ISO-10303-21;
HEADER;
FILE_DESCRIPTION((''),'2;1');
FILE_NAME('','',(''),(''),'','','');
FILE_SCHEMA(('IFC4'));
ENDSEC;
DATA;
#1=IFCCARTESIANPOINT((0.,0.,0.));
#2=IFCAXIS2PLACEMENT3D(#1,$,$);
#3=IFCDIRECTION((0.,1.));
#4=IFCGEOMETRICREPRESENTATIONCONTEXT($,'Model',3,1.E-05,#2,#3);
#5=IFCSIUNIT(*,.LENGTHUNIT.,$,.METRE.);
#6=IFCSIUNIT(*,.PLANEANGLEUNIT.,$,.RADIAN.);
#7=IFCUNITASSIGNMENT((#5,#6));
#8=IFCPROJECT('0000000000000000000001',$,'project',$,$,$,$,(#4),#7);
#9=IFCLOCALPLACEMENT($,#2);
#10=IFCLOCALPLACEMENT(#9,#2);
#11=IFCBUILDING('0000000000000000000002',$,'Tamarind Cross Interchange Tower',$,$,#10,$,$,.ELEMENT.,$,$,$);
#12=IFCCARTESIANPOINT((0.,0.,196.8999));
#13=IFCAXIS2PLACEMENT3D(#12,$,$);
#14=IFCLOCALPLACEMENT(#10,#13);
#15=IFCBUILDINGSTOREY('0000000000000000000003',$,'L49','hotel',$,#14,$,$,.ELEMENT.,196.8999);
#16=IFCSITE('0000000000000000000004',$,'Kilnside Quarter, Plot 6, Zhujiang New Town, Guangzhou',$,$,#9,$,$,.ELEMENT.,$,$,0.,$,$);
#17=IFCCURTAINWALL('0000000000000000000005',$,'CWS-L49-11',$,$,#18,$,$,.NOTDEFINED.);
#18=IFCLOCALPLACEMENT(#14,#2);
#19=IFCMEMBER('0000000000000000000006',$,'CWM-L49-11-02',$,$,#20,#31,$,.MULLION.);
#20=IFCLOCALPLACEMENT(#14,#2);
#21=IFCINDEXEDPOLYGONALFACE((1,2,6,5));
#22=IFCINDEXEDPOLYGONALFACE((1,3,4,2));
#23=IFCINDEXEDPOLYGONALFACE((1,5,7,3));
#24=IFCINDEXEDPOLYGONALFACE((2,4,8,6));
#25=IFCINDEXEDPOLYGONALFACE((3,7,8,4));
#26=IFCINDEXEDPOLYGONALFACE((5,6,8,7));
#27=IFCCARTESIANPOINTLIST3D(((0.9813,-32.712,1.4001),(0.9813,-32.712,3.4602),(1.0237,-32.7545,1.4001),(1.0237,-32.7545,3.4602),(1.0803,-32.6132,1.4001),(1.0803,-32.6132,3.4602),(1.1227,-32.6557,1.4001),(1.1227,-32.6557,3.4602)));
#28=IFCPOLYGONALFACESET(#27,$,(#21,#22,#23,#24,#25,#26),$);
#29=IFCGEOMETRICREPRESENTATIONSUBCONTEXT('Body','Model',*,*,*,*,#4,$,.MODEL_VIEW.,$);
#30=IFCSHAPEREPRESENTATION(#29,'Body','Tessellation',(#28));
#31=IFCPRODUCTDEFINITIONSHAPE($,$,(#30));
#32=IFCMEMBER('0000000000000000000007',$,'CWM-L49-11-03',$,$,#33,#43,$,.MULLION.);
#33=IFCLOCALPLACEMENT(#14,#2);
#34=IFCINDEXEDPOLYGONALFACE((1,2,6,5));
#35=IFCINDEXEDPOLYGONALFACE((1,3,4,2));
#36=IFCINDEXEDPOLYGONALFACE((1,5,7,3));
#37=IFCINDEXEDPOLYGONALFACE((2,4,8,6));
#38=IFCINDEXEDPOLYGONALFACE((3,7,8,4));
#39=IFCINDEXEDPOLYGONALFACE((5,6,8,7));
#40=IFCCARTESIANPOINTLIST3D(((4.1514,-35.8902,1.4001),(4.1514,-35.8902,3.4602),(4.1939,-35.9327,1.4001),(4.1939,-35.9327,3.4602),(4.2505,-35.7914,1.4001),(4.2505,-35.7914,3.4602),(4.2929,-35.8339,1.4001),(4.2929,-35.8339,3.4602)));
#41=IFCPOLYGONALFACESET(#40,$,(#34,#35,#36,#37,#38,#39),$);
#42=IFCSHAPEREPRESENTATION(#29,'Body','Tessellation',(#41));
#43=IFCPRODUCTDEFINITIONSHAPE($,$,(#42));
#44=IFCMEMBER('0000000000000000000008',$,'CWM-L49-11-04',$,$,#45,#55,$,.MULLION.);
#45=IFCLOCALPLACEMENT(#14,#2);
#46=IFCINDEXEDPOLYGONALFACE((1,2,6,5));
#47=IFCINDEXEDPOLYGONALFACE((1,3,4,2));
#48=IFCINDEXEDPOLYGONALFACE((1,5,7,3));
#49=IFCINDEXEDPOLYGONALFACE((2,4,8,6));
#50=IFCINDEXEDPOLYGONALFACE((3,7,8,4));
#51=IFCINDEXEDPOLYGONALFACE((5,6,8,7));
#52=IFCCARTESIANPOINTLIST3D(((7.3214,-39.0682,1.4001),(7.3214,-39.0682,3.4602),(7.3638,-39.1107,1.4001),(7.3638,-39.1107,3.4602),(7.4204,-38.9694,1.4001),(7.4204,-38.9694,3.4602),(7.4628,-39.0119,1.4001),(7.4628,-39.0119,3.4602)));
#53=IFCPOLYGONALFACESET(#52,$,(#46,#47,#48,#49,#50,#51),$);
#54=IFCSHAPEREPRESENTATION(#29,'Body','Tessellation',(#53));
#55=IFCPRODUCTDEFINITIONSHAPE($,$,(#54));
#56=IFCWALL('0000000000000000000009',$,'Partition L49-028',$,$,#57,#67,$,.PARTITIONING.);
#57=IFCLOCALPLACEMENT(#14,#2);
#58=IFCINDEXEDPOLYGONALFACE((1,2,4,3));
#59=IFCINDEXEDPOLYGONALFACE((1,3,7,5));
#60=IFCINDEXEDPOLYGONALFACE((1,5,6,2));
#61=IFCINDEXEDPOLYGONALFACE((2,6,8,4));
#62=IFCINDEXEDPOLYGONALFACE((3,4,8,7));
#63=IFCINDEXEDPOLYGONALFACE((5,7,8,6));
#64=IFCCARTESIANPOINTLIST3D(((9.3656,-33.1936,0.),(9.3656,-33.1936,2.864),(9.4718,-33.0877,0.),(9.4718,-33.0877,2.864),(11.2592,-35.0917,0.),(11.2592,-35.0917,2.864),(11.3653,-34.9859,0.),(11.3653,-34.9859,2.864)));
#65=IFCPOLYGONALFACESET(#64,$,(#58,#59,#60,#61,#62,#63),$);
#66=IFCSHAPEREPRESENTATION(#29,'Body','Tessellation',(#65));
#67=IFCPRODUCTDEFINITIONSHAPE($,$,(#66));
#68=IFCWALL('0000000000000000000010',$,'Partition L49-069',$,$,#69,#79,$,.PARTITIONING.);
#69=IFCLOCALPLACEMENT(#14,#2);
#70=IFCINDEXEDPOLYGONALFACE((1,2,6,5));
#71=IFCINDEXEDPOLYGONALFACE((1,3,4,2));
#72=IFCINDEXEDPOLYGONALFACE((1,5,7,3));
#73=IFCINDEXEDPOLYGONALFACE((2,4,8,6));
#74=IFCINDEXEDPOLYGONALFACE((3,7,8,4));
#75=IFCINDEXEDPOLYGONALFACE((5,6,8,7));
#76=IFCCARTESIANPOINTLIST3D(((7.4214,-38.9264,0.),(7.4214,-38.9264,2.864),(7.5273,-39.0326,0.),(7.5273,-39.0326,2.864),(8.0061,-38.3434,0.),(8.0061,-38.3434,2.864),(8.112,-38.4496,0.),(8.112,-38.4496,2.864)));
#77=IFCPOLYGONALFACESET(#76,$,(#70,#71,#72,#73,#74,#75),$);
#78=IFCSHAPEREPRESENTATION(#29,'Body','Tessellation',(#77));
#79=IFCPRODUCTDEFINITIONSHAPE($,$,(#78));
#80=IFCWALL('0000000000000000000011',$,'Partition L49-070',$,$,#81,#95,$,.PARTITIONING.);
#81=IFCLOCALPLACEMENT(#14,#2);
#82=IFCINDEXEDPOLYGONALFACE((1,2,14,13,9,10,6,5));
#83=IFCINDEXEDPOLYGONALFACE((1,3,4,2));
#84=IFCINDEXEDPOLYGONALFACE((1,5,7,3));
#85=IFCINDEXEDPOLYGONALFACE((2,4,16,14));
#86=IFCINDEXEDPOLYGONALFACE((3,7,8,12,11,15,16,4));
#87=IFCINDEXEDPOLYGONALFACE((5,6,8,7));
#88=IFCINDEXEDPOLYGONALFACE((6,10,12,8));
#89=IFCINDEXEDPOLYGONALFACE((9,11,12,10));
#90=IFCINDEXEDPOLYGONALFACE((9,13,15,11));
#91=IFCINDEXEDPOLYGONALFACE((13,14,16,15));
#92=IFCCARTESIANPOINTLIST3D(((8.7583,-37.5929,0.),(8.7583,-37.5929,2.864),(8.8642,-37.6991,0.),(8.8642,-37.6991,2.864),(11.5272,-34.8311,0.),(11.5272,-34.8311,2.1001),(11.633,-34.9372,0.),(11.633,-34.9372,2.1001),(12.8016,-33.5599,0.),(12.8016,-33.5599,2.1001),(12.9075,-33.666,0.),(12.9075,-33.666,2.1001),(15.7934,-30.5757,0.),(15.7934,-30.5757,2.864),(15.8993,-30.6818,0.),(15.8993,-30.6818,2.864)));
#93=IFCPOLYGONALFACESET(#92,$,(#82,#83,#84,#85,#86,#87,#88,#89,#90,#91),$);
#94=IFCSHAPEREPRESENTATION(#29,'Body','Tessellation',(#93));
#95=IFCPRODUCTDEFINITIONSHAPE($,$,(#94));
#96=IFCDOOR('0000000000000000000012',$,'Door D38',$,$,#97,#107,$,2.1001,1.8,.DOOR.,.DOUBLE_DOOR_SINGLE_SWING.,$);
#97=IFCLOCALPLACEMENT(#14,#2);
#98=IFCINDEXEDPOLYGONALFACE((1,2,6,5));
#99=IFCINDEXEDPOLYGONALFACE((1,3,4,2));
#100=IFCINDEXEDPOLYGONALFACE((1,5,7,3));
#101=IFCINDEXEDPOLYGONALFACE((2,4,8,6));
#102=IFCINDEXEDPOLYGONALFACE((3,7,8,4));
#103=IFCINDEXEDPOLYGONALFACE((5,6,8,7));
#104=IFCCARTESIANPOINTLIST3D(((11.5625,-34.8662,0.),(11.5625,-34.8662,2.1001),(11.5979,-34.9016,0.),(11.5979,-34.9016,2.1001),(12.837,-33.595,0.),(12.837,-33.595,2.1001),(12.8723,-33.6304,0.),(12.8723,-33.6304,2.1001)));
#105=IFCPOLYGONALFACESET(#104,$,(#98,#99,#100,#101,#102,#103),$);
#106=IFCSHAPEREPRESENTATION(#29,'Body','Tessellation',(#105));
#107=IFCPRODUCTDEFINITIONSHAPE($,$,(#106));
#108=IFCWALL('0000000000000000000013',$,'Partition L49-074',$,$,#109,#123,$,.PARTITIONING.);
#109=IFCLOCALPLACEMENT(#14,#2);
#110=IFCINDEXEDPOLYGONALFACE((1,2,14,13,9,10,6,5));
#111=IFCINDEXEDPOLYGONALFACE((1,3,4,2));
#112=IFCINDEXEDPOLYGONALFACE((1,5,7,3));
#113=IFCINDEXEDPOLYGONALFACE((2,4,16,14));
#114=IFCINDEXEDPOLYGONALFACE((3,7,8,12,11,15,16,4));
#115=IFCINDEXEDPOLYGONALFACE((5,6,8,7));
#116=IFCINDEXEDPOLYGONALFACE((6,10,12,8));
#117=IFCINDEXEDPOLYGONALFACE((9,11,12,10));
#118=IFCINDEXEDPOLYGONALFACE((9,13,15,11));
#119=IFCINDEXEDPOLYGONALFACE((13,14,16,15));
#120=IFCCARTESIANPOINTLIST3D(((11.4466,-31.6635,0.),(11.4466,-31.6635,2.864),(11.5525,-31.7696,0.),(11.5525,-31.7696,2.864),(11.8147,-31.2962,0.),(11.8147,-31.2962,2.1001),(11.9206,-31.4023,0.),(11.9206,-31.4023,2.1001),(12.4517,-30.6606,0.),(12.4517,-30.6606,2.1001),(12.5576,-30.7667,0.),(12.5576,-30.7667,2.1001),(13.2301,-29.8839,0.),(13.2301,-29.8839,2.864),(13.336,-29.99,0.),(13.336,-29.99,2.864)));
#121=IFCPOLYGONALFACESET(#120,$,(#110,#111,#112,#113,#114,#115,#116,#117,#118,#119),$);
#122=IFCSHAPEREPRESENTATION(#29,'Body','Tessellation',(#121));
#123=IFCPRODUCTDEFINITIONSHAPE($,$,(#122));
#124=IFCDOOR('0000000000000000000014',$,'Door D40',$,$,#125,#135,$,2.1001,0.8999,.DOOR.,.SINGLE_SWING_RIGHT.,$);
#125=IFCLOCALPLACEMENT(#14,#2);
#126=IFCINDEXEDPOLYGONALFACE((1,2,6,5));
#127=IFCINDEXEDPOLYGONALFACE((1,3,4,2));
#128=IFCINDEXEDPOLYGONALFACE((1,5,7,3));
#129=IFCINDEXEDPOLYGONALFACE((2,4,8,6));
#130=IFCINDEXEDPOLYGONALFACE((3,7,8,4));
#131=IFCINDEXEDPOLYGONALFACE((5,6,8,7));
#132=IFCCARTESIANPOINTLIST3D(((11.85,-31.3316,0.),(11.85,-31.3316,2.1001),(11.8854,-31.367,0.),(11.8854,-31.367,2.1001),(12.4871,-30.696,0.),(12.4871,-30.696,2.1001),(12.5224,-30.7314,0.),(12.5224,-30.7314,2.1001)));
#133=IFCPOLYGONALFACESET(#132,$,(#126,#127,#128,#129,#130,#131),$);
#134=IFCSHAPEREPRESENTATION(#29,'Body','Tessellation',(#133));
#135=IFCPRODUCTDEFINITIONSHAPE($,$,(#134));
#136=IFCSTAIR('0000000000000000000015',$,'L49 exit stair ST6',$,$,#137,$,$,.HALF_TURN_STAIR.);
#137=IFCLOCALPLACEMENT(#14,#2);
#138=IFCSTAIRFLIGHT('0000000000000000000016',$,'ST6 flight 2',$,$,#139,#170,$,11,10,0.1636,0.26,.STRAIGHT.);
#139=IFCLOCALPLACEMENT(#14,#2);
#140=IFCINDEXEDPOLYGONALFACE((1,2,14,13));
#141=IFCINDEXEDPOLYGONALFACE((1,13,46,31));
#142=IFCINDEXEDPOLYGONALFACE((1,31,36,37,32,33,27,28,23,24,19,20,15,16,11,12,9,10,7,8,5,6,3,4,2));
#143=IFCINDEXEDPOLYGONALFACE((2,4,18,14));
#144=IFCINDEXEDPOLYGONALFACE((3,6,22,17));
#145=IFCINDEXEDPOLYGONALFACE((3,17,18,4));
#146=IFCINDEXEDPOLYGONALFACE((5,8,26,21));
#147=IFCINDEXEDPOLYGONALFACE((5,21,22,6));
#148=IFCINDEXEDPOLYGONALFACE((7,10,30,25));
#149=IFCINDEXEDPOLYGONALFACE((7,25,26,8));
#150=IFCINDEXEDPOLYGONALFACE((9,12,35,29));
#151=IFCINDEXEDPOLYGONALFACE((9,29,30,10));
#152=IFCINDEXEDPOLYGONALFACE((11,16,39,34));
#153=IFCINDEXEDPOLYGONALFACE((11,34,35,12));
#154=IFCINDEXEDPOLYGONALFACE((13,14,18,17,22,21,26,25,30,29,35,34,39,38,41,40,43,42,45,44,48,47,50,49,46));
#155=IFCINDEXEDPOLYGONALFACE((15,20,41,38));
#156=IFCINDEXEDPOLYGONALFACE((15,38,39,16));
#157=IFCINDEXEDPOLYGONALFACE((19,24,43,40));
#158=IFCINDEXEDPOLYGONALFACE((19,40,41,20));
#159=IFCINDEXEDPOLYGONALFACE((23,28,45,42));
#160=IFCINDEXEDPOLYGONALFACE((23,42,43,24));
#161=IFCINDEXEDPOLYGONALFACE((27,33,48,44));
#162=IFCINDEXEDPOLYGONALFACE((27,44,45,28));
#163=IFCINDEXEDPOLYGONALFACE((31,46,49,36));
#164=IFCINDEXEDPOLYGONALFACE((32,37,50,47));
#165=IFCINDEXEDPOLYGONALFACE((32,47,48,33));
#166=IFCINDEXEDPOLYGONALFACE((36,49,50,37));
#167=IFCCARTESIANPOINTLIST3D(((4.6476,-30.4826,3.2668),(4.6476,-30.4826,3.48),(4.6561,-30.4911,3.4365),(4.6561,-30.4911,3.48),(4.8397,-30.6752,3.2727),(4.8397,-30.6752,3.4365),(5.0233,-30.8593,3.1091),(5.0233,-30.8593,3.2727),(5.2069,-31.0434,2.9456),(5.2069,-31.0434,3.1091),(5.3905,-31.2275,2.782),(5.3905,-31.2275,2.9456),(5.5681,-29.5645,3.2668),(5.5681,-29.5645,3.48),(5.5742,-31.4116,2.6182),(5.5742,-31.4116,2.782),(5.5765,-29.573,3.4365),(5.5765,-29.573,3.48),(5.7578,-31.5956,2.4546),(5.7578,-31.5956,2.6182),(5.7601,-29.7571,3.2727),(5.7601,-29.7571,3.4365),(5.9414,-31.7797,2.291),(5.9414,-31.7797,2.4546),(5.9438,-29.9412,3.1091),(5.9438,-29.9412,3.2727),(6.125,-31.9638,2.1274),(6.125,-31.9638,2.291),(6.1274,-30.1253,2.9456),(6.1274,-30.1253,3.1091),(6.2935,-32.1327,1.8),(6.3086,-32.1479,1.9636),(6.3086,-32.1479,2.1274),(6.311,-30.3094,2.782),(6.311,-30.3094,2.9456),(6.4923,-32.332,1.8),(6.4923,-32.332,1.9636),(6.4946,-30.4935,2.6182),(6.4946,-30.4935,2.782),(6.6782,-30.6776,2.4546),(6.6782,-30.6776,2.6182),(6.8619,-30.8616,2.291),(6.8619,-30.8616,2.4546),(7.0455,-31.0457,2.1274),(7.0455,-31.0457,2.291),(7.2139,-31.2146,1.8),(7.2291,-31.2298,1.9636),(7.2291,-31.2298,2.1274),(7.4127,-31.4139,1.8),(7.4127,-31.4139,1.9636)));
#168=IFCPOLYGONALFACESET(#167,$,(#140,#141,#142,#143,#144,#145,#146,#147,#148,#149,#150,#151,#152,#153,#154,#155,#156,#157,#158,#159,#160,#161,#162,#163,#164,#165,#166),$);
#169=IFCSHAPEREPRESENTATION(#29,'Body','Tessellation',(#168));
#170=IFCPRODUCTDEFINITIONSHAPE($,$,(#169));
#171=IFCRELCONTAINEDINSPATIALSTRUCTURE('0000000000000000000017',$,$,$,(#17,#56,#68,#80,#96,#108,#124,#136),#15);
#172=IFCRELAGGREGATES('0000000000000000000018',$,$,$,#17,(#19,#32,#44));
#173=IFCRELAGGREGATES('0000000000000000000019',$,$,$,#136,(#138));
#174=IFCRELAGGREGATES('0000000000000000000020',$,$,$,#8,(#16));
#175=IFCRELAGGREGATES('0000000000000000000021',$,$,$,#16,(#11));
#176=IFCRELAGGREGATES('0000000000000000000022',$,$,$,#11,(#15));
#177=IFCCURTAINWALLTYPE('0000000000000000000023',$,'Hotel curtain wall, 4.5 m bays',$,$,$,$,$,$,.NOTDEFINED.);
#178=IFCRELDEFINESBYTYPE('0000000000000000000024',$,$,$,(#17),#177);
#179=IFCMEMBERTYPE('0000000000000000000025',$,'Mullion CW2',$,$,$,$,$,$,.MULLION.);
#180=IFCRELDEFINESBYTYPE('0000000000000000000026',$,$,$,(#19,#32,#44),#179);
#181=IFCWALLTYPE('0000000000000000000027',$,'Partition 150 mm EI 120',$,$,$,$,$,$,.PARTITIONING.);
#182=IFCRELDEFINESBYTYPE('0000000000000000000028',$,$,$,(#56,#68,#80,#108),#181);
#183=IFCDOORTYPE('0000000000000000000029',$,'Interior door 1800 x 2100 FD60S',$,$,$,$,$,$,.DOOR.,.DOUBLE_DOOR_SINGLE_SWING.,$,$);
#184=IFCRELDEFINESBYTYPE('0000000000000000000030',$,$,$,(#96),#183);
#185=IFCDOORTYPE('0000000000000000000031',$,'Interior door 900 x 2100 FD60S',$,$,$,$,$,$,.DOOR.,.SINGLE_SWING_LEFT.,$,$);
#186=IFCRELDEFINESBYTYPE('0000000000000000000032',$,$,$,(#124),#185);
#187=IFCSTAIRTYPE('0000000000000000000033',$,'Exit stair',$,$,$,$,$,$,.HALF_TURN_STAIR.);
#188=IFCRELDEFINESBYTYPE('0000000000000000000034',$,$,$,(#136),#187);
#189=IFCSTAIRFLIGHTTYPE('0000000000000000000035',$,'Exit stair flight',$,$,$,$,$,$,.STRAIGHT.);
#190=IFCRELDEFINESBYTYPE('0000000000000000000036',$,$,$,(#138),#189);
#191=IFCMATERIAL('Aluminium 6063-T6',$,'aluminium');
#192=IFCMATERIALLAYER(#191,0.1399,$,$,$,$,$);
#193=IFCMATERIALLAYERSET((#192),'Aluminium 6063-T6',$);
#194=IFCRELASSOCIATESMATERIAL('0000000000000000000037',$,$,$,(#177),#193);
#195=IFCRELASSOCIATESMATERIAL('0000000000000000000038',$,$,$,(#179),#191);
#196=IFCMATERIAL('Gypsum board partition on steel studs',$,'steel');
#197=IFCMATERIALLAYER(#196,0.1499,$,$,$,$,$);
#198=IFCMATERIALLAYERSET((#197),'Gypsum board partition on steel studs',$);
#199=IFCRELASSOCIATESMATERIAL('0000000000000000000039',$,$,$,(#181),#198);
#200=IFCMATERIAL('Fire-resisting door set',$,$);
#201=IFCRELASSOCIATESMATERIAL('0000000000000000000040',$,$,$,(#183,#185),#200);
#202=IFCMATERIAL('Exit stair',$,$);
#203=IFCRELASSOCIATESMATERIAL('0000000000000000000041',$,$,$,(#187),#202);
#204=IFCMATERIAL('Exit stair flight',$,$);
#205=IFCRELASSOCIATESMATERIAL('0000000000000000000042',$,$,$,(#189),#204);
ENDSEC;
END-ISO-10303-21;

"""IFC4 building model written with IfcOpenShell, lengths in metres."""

from ifc_helpers import new_model, si_unit, direction, frame, frame_2d, origin, origin_2d, place, context, subcontext, project, spatial, polyline, rectangle, outline, extrude, material, layer, layer_set, material_profile, profile_set, type_object, element, fill, aggregate, save


model = new_model("IFC4")

# Units and contexts
model_context = context("Model", 3, precision=1e-05, world=origin(), true_north=direction((0.0, 1.0)))
body_context = subcontext(model_context, "Body", "Model", "MODEL_VIEW")
ifc_project = project(units=[si_unit("LENGTHUNIT", "METRE"), si_unit("PLANEANGLEUNIT", "RADIAN")], contexts=[model_context])

# Site, building, storey
site_placement = place(None, origin())
site = spatial("IfcSite", under=ifc_project, at=site_placement, Name="Kilnside Quarter, Plot 6, Zhujiang New Town, Guangzhou", CompositionType="ELEMENT", RefElevation=0.0)
building_placement = place(site_placement, origin())
building = spatial("IfcBuilding", under=site, at=building_placement, Name="Tamarind Cross Interchange Tower", CompositionType="ELEMENT")
storey_placement = place(building_placement, frame((0.0, 0.0, 196.8999)))
storey = spatial("IfcBuildingStorey", under=building, at=storey_placement, Name="L49", Description="hotel", CompositionType="ELEMENT", Elevation=196.8999)

# Shared definitions
ifc_material_1 = material(Name="Aluminium 6063-T6", Category="aluminium")
ifc_layer_1 = layer(ifc_material_1, 0.1399)
ifc_layer_set_1 = layer_set([ifc_layer_1], Name="Aluminium 6063-T6")
curtain_wall_type = type_object("IfcCurtainWallType", Name="Hotel curtain wall, 4.5 m bays", PredefinedType="NOTDEFINED", material=ifc_layer_set_1)
ifc_material_profile_1 = material_profile(ifc_material_1, rectangle(XDim=0.0601, YDim=0.1399, at=origin_2d()), Name="Mullion CW2")
ifc_profile_set_1 = profile_set([ifc_material_profile_1], Name="Aluminium 6063-T6")
member_type = type_object("IfcMemberType", Name="Mullion CW2", PredefinedType="MULLION", material=ifc_profile_set_1)

# Curtain wall, members
curtain_wall_1_placement = place(storey_placement, origin())
curtain_wall_1 = element("IfcCurtainWall", 1, at=curtain_wall_1_placement, inside=storey, type_object=curtain_wall_type, Name="CWS-L49-11", PredefinedType="NOTDEFINED")
member_1_placement = place(storey_placement, frame((1.052, -32.6838, 1.4001), z_axis=(0.0, 0.0, 1.0), x_axis=(0.706198, -0.708015, 0.0)))
member_1 = element("IfcMember", 2, at=member_1_placement, type_object=member_type, Name="CWM-L49-11-02", PredefinedType="MULLION", context=body_context, shape_type="SweptSolid", body=[
    extrude(rectangle(XDim=0.0601, YDim=0.1399, at=origin_2d()), origin(), (0.0, 0.0, 1.0), 2.0601),
])
member_2_placement = place(storey_placement, frame((4.2222, -35.8621, 1.4001), z_axis=(0.0, 0.0, 1.0), x_axis=(0.706198, -0.708015, 0.0)))
member_2 = element("IfcMember", 3, at=member_2_placement, type_object=member_type, Name="CWM-L49-11-03", PredefinedType="MULLION", context=body_context, shape_type="SweptSolid", body=[
    extrude(rectangle(XDim=0.0601, YDim=0.1399, at=origin_2d()), origin(), (0.0, 0.0, 1.0), 2.0601),
])
member_3_placement = place(storey_placement, frame((7.3921, -39.04, 1.4001), z_axis=(0.0, 0.0, 1.0), x_axis=(0.706198, -0.708015, 0.0)))
member_3 = element("IfcMember", 4, at=member_3_placement, type_object=member_type, Name="CWM-L49-11-04", PredefinedType="MULLION", context=body_context, shape_type="SweptSolid", body=[
    extrude(rectangle(XDim=0.0601, YDim=0.1399, at=origin_2d()), origin(), (0.0, 0.0, 1.0), 2.0601),
])
aggregate(curtain_wall_1, [member_1, member_2, member_3])

# Walls
ifc_material_2 = material(Name="Gypsum board partition on steel studs", Category="steel")
ifc_layer_2 = layer(ifc_material_2, 0.1499)
ifc_layer_set_2 = layer_set([ifc_layer_2], Name="Gypsum board partition on steel studs")
wall_type = type_object("IfcWallType", Name="Partition 150 mm EI 120", PredefinedType="PARTITIONING", material=ifc_layer_set_2)
wall_1_placement = place(storey_placement, frame((9.4187, -33.1406, 0.0), z_axis=(0.0, 0.0, 1.0), x_axis=(0.706241, -0.707971, 0.0)))
element("IfcWall", 5, at=wall_1_placement, inside=storey, type_object=wall_type, Name="Partition L49-028", PredefinedType="PARTITIONING", context=body_context, shape_type="SweptSolid", body=[
    extrude(rectangle(XDim=2.6812, YDim=0.1499, at=frame_2d((1.3406, 0.0))), origin(), (0.0, 0.0, 1.0), 2.864),
])
wall_2_placement = place(storey_placement, frame((7.4744, -38.9795, 0.0), z_axis=(0.0, 0.0, 1.0), x_axis=(0.708141, 0.706071, 0.0)))
element("IfcWall", 6, at=wall_2_placement, inside=storey, type_object=wall_type, Name="Partition L49-069", PredefinedType="PARTITIONING", context=body_context, shape_type="SweptSolid", body=[
    extrude(rectangle(XDim=0.8257, YDim=0.1499, at=frame_2d((0.4128, 0.0))), origin(), (0.0, 0.0, 1.0), 2.864),
])

# Walls, openings, doors
wall_3_placement = place(storey_placement, frame((8.8113, -37.646, 0.0), z_axis=(0.0, 0.0, 1.0), x_axis=(0.708003, 0.706209, 0.0)))
wall_3 = element("IfcWall", 7, at=wall_3_placement, inside=storey, type_object=wall_type, Name="Partition L49-070", PredefinedType="PARTITIONING", context=body_context, shape_type="SweptSolid", body=[
    extrude(rectangle(XDim=9.9365, YDim=0.1499, at=frame_2d((4.9683, 0.0))), origin(), (0.0, 0.0, 1.0), 2.864),
])
opening_1_placement = place(wall_3_placement, frame((3.9109, 0.0, 0.0)))
opening_1 = element("IfcOpeningElement", 8, at=opening_1_placement, cuts=wall_3, PredefinedType="OPENING", context=body_context, shape_type="SweptSolid", body=[
    extrude(rectangle(XDim=1.8, YDim=2.1001, at=frame_2d((0.8999, 1.05))), frame((0.0, 0.085, 0.0), z_axis=(0.0, -1.0, 0.0), x_axis=(1.0, 0.0, 0.0)), (0.0, 0.0, 1.0), 0.1699),
])
ifc_material_3 = material(Name="Fire-resisting door set")
door_type_1 = type_object("IfcDoorType", Name="Interior door 1800 x 2100 FD60S", OperationType="DOUBLE_DOOR_SINGLE_SWING", PredefinedType="DOOR", material=ifc_material_3)
door_1_placement = place(opening_1_placement, frame((1.8, 0.0, 0.0), z_axis=(0.0, 0.0, 1.0), x_axis=(-1.0, 0.0, 0.0)))
door_1 = element("IfcDoor", 9, at=door_1_placement, inside=storey, type_object=door_type_1, Name="Door D38", OperationType="DOUBLE_DOOR_SINGLE_SWING", OverallHeight=2.1001, OverallWidth=1.8, PredefinedType="DOOR", context=body_context, shape_type="SweptSolid", body=[
    extrude(rectangle(XDim=1.8, YDim=2.1001, at=frame_2d((0.8999, 1.05))), frame((0.0, 0.0249, 0.0), z_axis=(0.0, -1.0, 0.0), x_axis=(1.0, 0.0, 0.0)), (0.0, 0.0, 1.0), 0.05),
])
fill(opening_1, door_1)
wall_4_placement = place(storey_placement, frame((11.4995, -31.7166, 0.0), z_axis=(0.0, 0.0, 1.0), x_axis=(0.707882, 0.706331, 0.0)))
wall_4 = element("IfcWall", 10, at=wall_4_placement, inside=storey, type_object=wall_type, Name="Partition L49-074", PredefinedType="PARTITIONING", context=body_context, shape_type="SweptSolid", body=[
    extrude(rectangle(XDim=2.5195, YDim=0.1499, at=frame_2d((1.2598, 0.0))), origin(), (0.0, 0.0, 1.0), 2.864),
])
opening_2_placement = place(wall_4_placement, frame((0.52, 0.0, 0.0)))
opening_2 = element("IfcOpeningElement", 11, at=opening_2_placement, cuts=wall_4, PredefinedType="OPENING", context=body_context, shape_type="SweptSolid", body=[
    extrude(rectangle(XDim=0.8999, YDim=2.1001, at=frame_2d((0.45, 1.05))), frame((0.0, 0.085, 0.0), z_axis=(0.0, -1.0, 0.0), x_axis=(1.0, 0.0, 0.0)), (0.0, 0.0, 1.0), 0.1699),
])
door_type_2 = type_object("IfcDoorType", Name="Interior door 900 x 2100 FD60S", OperationType="SINGLE_SWING_LEFT", PredefinedType="DOOR", material=ifc_material_3)
door_2_placement = place(opening_2_placement, origin())
door_2 = element("IfcDoor", 12, at=door_2_placement, inside=storey, type_object=door_type_2, Name="Door D40", OperationType="SINGLE_SWING_RIGHT", OverallHeight=2.1001, OverallWidth=0.8999, PredefinedType="DOOR", context=body_context, shape_type="SweptSolid", body=[
    extrude(rectangle(XDim=0.8999, YDim=2.1001, at=frame_2d((0.45, 1.05))), frame((0.0, 0.0249, 0.0), z_axis=(0.0, -1.0, 0.0), x_axis=(1.0, 0.0, 0.0)), (0.0, 0.0, 1.0), 0.05),
])
fill(opening_2, door_2)

# Stair, stair flight
ifc_material_4 = material(Name="Exit stair")
stair_type = type_object("IfcStairType", Name="Exit stair", PredefinedType="HALF_TURN_STAIR", material=ifc_material_4)
stair_placement = place(storey_placement, origin())
stair = element("IfcStair", 13, at=stair_placement, inside=storey, type_object=stair_type, Name="L49 exit stair ST6", PredefinedType="HALF_TURN_STAIR")
ifc_material_5 = material(Name="Exit stair flight")
stair_flight_type = type_object("IfcStairFlightType", Name="Exit stair flight", PredefinedType="STRAIGHT", material=ifc_material_5)
stair_flight_placement = place(storey_placement, frame((6.9524, -31.873, 1.8), z_axis=(0.0, 0.0, 1.0), x_axis=(-0.706198, 0.708015, 0.0)))
stair_flight = element("IfcStairFlight", 14, at=stair_flight_placement, type_object=stair_flight_type, Name="ST6 flight 2", NumberOfRisers=11, NumberOfTreads=10, PredefinedType="STRAIGHT", RiserHeight=0.1636, TreadLength=0.26, context=body_context, shape_type="SweptSolid", body=[
    extrude(outline(polyline([(0.0, 0.0), (0.0, 0.1636), (0.26, 0.1636), (0.26, 0.3274), (0.52, 0.3274), (0.52, 0.491), (0.78, 0.491), (0.78, 0.6545), (1.04, 0.6545), (1.04, 0.8181), (1.3, 0.8181), (1.3, 0.9819), (1.5601, 0.9819), (1.5601, 1.1455), (1.8201, 1.1455), (1.8201, 1.3091), (2.0801, 1.3091), (2.0801, 1.4727), (2.3401, 1.4727), (2.3401, 1.6365), (2.6001, 1.6365), (2.6001, 1.6799), (2.6121, 1.6799), (2.6121, 1.4668), (0.2815, 0.0), (0.0, 0.0)])), frame((0.0, 0.6499, 0.0), z_axis=(0.0, -1.0, 0.0), x_axis=(1.0, 0.0, 0.0)), (0.0, 0.0, 1.0), 1.3),
])
aggregate(stair, [stair_flight])

save(model, "model.ifc")
